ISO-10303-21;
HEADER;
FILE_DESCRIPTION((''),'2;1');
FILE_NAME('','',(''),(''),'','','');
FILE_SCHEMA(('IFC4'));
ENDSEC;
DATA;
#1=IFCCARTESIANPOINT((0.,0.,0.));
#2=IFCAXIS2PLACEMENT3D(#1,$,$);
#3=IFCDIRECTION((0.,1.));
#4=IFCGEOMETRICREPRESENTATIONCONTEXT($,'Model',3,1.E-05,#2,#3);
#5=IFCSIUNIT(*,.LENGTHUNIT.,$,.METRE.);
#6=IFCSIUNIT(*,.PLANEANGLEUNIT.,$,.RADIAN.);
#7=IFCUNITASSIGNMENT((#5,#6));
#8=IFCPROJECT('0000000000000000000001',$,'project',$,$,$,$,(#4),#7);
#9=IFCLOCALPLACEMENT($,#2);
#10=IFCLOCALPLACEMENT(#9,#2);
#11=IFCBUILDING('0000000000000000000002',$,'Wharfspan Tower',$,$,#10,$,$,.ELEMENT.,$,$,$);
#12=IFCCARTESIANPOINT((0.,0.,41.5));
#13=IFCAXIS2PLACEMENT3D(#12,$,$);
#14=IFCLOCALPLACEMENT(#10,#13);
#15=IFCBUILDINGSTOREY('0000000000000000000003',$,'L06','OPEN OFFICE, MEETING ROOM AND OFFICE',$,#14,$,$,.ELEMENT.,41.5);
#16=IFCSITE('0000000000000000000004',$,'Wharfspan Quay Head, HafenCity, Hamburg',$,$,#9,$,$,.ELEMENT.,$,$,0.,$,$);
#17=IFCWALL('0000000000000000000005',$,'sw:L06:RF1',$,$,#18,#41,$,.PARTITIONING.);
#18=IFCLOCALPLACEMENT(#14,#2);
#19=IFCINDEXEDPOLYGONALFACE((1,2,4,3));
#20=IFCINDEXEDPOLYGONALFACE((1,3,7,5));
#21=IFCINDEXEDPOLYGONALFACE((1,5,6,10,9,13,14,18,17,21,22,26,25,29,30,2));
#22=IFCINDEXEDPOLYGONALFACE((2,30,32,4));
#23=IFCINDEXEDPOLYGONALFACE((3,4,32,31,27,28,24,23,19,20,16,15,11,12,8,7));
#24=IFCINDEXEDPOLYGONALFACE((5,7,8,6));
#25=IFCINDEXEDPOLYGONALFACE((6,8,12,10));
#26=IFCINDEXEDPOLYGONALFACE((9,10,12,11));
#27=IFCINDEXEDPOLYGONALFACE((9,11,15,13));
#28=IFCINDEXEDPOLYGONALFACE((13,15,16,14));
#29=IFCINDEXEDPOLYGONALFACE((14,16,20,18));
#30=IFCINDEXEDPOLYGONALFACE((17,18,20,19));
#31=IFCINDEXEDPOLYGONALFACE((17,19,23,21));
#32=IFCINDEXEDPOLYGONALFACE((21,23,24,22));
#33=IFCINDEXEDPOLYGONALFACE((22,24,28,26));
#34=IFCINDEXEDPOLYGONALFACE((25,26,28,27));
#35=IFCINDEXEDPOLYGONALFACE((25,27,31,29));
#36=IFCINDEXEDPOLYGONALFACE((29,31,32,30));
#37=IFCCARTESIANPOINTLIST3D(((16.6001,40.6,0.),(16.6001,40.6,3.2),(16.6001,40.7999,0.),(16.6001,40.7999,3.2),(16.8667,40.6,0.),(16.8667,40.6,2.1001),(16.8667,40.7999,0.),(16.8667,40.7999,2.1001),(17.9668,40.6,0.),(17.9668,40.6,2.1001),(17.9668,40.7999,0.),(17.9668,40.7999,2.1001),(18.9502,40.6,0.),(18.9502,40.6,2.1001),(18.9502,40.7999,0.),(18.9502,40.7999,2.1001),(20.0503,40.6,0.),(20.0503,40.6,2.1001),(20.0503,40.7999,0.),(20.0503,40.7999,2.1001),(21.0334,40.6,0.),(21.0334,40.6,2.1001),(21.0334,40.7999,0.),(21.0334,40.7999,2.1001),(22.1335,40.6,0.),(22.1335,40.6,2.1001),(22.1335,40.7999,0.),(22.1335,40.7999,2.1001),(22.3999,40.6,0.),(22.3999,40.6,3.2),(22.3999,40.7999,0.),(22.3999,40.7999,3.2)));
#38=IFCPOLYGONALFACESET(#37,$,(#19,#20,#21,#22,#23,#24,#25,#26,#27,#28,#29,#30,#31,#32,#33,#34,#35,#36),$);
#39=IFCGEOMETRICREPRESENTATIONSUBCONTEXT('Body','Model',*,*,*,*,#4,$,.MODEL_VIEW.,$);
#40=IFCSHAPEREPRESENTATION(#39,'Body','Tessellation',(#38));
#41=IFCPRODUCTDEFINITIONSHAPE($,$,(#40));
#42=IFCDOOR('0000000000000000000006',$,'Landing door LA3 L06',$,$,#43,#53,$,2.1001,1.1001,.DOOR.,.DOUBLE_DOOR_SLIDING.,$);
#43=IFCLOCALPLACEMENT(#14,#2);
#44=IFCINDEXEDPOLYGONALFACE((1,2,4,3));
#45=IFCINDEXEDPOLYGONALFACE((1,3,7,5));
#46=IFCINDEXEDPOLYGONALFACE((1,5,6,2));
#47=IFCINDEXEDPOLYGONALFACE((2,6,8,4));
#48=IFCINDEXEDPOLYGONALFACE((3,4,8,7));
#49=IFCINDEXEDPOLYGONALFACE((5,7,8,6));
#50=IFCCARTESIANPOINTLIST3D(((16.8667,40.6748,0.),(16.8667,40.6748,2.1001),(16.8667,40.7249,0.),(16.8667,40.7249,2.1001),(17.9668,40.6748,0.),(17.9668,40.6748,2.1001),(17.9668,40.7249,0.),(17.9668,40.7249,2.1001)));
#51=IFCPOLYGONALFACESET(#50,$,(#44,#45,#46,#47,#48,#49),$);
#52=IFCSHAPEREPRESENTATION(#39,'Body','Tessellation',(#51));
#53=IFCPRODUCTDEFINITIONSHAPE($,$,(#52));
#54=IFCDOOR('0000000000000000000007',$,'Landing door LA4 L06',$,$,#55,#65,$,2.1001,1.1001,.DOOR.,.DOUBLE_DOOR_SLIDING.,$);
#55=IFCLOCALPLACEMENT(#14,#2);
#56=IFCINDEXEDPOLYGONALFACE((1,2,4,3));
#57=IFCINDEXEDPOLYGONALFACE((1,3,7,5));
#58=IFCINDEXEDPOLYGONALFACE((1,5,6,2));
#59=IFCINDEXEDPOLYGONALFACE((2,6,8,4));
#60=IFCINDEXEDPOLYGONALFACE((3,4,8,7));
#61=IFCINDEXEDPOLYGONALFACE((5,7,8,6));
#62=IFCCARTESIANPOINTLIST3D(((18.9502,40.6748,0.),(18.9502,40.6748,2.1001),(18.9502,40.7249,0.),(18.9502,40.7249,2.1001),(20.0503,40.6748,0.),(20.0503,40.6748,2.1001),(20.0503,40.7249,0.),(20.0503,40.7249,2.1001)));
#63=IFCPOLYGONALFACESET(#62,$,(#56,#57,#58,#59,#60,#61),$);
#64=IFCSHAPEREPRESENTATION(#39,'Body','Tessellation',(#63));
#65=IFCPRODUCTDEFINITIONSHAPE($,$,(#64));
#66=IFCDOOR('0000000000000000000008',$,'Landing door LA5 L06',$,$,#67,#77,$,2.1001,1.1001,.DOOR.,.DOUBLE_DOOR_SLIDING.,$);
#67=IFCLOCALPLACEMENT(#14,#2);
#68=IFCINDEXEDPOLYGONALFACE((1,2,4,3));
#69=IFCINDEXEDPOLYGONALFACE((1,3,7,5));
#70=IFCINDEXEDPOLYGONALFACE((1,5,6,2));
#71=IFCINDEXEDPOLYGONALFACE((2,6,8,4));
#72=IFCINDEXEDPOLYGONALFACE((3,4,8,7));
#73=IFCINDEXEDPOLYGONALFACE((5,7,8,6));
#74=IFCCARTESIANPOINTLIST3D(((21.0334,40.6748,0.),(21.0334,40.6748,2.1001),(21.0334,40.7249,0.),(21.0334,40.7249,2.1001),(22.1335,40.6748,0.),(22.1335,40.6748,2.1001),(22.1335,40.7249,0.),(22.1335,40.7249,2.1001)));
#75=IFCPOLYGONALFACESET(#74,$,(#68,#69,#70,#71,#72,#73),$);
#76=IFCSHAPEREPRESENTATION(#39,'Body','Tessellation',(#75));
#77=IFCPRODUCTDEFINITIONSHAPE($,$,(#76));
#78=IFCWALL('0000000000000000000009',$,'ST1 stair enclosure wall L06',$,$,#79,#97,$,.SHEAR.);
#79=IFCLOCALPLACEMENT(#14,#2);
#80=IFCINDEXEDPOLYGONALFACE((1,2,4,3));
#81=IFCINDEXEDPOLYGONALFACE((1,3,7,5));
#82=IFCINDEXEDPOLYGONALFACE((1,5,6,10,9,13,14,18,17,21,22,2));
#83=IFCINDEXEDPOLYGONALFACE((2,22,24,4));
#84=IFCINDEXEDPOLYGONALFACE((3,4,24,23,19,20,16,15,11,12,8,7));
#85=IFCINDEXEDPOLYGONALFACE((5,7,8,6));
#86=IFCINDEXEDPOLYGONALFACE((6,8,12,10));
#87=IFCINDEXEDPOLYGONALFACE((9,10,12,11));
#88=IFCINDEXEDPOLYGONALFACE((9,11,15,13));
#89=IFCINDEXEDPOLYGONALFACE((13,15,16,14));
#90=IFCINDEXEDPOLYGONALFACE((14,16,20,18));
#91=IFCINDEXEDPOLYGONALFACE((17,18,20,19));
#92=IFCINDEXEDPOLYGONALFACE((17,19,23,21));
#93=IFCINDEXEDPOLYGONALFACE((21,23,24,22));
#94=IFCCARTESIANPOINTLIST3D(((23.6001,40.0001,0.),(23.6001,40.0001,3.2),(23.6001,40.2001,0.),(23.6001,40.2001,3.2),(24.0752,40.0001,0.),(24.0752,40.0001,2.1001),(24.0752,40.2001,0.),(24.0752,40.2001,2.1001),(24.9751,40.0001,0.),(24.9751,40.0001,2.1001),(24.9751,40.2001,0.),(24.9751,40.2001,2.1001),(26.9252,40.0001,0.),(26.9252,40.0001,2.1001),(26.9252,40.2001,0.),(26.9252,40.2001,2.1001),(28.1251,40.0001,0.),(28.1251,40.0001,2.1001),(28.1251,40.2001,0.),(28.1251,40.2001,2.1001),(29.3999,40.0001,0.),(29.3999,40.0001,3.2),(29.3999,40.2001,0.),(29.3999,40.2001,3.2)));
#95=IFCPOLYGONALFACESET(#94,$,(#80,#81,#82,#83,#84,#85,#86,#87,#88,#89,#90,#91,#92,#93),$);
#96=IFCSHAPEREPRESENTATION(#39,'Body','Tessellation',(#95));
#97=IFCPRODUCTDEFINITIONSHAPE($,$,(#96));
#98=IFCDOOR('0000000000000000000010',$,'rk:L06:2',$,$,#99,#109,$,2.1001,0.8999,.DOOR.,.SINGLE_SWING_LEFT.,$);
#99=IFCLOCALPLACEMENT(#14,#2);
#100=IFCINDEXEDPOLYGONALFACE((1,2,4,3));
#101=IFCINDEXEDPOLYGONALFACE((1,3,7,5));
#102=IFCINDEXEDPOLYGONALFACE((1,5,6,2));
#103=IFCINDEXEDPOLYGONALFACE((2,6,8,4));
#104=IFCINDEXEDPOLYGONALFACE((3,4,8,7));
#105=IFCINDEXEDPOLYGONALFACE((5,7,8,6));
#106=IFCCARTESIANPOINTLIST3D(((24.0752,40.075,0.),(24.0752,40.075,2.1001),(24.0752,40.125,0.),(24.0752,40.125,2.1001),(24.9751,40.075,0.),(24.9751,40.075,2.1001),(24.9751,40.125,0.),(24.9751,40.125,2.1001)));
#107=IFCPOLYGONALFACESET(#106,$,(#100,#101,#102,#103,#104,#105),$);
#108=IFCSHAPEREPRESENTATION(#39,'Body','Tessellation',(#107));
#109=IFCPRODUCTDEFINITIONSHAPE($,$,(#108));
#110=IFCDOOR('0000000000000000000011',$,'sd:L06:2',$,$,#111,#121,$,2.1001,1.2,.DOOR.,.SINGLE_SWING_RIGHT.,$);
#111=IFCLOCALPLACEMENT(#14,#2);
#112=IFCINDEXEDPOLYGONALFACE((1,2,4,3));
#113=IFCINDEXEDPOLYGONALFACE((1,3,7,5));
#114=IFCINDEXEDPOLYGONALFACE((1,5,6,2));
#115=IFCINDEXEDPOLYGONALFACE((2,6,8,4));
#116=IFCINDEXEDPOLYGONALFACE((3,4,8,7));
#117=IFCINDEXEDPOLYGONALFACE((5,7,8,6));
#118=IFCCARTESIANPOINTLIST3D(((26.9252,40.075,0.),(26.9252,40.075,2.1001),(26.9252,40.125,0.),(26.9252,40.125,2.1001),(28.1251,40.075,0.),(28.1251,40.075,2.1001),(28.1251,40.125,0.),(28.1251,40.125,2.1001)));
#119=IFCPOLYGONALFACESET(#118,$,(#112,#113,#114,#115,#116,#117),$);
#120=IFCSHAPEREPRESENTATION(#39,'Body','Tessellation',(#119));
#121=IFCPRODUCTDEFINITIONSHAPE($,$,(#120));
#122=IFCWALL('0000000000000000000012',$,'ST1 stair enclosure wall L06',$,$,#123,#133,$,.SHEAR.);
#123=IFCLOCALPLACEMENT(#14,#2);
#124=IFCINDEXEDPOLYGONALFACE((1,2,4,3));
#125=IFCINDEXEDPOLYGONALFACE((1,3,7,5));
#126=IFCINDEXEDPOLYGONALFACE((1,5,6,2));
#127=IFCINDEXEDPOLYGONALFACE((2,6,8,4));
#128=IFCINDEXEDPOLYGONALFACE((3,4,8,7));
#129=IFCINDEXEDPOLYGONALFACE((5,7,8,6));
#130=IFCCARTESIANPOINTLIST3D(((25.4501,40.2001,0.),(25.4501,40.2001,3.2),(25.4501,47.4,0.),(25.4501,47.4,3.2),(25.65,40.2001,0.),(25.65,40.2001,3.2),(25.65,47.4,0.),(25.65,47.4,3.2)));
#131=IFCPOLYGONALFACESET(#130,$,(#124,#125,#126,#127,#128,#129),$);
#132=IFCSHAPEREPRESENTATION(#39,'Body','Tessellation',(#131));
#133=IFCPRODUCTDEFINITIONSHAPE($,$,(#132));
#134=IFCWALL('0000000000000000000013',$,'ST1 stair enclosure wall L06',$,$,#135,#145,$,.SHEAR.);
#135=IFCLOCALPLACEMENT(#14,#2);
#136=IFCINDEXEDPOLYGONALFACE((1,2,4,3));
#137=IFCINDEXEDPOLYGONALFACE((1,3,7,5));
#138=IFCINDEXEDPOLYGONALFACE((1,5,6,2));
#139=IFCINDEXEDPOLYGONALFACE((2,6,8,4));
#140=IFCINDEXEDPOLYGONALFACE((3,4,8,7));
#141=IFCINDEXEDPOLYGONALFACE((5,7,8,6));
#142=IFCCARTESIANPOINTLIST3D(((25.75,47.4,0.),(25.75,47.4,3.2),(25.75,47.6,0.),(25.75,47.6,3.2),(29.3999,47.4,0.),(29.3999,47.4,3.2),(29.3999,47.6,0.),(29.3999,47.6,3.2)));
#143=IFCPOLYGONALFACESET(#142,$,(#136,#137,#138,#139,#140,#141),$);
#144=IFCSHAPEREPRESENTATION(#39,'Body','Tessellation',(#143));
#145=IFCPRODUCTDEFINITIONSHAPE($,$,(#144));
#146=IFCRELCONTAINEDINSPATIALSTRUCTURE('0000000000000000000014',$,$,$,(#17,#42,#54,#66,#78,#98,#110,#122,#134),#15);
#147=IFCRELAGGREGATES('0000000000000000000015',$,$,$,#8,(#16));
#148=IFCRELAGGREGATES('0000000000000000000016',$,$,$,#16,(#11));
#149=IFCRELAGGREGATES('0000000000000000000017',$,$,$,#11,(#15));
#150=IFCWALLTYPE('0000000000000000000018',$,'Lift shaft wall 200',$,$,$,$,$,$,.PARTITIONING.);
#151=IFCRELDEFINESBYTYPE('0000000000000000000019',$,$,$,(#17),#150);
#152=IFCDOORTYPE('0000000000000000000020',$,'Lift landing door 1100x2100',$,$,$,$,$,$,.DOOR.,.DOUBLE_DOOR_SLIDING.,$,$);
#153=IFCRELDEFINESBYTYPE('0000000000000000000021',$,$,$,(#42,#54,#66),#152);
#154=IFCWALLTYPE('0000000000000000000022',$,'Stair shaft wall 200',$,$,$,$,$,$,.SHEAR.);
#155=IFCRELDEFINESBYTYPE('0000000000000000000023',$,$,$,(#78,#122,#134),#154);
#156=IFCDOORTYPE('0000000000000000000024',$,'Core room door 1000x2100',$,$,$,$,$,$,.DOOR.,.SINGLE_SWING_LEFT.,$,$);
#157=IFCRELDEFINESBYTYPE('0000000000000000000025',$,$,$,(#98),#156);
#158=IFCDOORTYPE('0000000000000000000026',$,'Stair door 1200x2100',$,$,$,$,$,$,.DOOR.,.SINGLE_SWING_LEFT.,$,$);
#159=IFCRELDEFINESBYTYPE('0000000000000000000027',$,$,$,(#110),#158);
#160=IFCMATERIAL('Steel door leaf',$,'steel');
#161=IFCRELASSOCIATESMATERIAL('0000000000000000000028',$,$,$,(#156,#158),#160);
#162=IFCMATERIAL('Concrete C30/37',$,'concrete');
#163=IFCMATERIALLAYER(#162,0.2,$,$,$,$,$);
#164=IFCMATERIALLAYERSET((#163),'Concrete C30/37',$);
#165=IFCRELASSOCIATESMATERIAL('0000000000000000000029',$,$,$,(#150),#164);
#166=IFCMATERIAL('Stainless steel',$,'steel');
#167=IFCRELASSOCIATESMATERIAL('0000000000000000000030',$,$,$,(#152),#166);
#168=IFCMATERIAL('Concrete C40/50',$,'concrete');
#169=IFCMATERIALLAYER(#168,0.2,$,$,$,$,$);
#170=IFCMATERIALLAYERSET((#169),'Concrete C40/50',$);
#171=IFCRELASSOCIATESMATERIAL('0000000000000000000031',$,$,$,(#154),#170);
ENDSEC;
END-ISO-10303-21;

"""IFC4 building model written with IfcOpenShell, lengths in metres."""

from ifc_helpers import new_model, si_unit, direction, frame, frame_2d, origin, place, context, subcontext, project, spatial, rectangle, extrude, material, layer, layer_set, type_object, element, fill, save


model = new_model("IFC4")

# Units and contexts
model_context = context("Model", 3, precision=1e-05, world=origin(), true_north=direction((0.0, 1.0)))
body_context = subcontext(model_context, "Body", "Model", "MODEL_VIEW")
ifc_project = project(units=[si_unit("LENGTHUNIT", "METRE"), si_unit("PLANEANGLEUNIT", "RADIAN")], contexts=[model_context])

# Site, building, storey
site_placement = place(None, origin())
site = spatial("IfcSite", under=ifc_project, at=site_placement, Name="Wharfspan Quay Head, HafenCity, Hamburg", CompositionType="ELEMENT", RefElevation=0.0)
building_placement = place(site_placement, origin())
building = spatial("IfcBuilding", under=site, at=building_placement, Name="Wharfspan Tower", CompositionType="ELEMENT")
storey_placement = place(building_placement, frame((0.0, 0.0, 41.5)))
storey = spatial("IfcBuildingStorey", under=building, at=storey_placement, Name="L06", Description="OPEN OFFICE, MEETING ROOM AND OFFICE", CompositionType="ELEMENT", Elevation=41.5)

# Shared definitions
ifc_material_1 = material(Name="Steel door leaf", Category="steel")
door_type_1 = type_object("IfcDoorType", Name="Core room door 1000x2100", OperationType="SINGLE_SWING_LEFT", PredefinedType="DOOR", material=ifc_material_1)

# Walls, openings, doors
ifc_material_2 = material(Name="Concrete C30/37", Category="concrete")
ifc_layer_1 = layer(ifc_material_2, 0.2)
ifc_layer_set_1 = layer_set([ifc_layer_1], Name="Concrete C30/37")
wall_type_1 = type_object("IfcWallType", Name="Lift shaft wall 200", PredefinedType="PARTITIONING", material=ifc_layer_set_1)
wall_1_placement = place(storey_placement, frame((16.6001, 40.7, 0.0), z_axis=(0.0, 0.0, 1.0), x_axis=(1.0, 0.0, 0.0)))
wall_1 = element("IfcWall", 1, at=wall_1_placement, inside=storey, type_object=wall_type_1, Name="sw:L06:RF1", PredefinedType="PARTITIONING", context=body_context, shape_type="SweptSolid", body=[
    extrude(rectangle(XDim=5.7998, YDim=0.2, at=frame_2d((2.8999, 0.0))), origin(), (0.0, 0.0, 1.0), 3.2),
])
opening_1_placement = place(wall_1_placement, frame((0.2666, 0.0, 0.0)))
opening_1 = element("IfcOpeningElement", 2, at=opening_1_placement, cuts=wall_1, PredefinedType="OPENING", context=body_context, shape_type="SweptSolid", body=[
    extrude(rectangle(XDim=1.1001, YDim=2.1001, at=frame_2d((0.55, 1.05))), frame((0.0, 0.1099, 0.0), z_axis=(0.0, -1.0, 0.0), x_axis=(1.0, 0.0, 0.0)), (0.0, 0.0, 1.0), 0.22),
])
opening_2_placement = place(wall_1_placement, frame((2.3501, 0.0, 0.0)))
opening_2 = element("IfcOpeningElement", 3, at=opening_2_placement, cuts=wall_1, PredefinedType="OPENING", context=body_context, shape_type="SweptSolid", body=[
    extrude(rectangle(XDim=1.1001, YDim=2.1001, at=frame_2d((0.55, 1.05))), frame((0.0, 0.1099, 0.0), z_axis=(0.0, -1.0, 0.0), x_axis=(1.0, 0.0, 0.0)), (0.0, 0.0, 1.0), 0.22),
])
opening_3_placement = place(wall_1_placement, frame((4.4333, 0.0, 0.0)))
opening_3 = element("IfcOpeningElement", 4, at=opening_3_placement, cuts=wall_1, PredefinedType="OPENING", context=body_context, shape_type="SweptSolid", body=[
    extrude(rectangle(XDim=1.1001, YDim=2.1001, at=frame_2d((0.55, 1.05))), frame((0.0, 0.1099, 0.0), z_axis=(0.0, -1.0, 0.0), x_axis=(1.0, 0.0, 0.0)), (0.0, 0.0, 1.0), 0.22),
])
ifc_material_3 = material(Name="Stainless steel", Category="steel")
door_type_2 = type_object("IfcDoorType", Name="Lift landing door 1100x2100", OperationType="DOUBLE_DOOR_SLIDING", PredefinedType="DOOR", material=ifc_material_3)
door_1_placement = place(opening_1_placement, origin())
door_1 = element("IfcDoor", 5, at=door_1_placement, inside=storey, type_object=door_type_2, Name="Landing door LA3 L06", OperationType="DOUBLE_DOOR_SLIDING", OverallHeight=2.1001, OverallWidth=1.1001, PredefinedType="DOOR", context=body_context, shape_type="SweptSolid", body=[
    extrude(rectangle(XDim=1.1001, YDim=2.1001, at=frame_2d((0.55, 1.05))), frame((0.0, 0.0249, 0.0), z_axis=(0.0, -1.0, 0.0), x_axis=(1.0, 0.0, 0.0)), (0.0, 0.0, 1.0), 0.05),
])
fill(opening_1, door_1)
door_2_placement = place(opening_2_placement, origin())
door_2 = element("IfcDoor", 6, at=door_2_placement, inside=storey, type_object=door_type_2, Name="Landing door LA4 L06", OperationType="DOUBLE_DOOR_SLIDING", OverallHeight=2.1001, OverallWidth=1.1001, PredefinedType="DOOR", context=body_context, shape_type="SweptSolid", body=[
    extrude(rectangle(XDim=1.1001, YDim=2.1001, at=frame_2d((0.55, 1.05))), frame((0.0, 0.0249, 0.0), z_axis=(0.0, -1.0, 0.0), x_axis=(1.0, 0.0, 0.0)), (0.0, 0.0, 1.0), 0.05),
])
fill(opening_2, door_2)
door_3_placement = place(opening_3_placement, origin())
door_3 = element("IfcDoor", 7, at=door_3_placement, inside=storey, type_object=door_type_2, Name="Landing door LA5 L06", OperationType="DOUBLE_DOOR_SLIDING", OverallHeight=2.1001, OverallWidth=1.1001, PredefinedType="DOOR", context=body_context, shape_type="SweptSolid", body=[
    extrude(rectangle(XDim=1.1001, YDim=2.1001, at=frame_2d((0.55, 1.05))), frame((0.0, 0.0249, 0.0), z_axis=(0.0, -1.0, 0.0), x_axis=(1.0, 0.0, 0.0)), (0.0, 0.0, 1.0), 0.05),
])
fill(opening_3, door_3)
ifc_material_4 = material(Name="Concrete C40/50", Category="concrete")
ifc_layer_2 = layer(ifc_material_4, 0.2)
ifc_layer_set_2 = layer_set([ifc_layer_2], Name="Concrete C40/50")
wall_type_2 = type_object("IfcWallType", Name="Stair shaft wall 200", PredefinedType="SHEAR", material=ifc_layer_set_2)
wall_2_placement = place(storey_placement, frame((23.6001, 40.1001, 0.0), z_axis=(0.0, 0.0, 1.0), x_axis=(1.0, 0.0, 0.0)))
wall_2 = element("IfcWall", 8, at=wall_2_placement, inside=storey, type_object=wall_type_2, Name="ST1 stair enclosure wall L06", PredefinedType="SHEAR", context=body_context, shape_type="SweptSolid", body=[
    extrude(rectangle(XDim=5.7998, YDim=0.2, at=frame_2d((2.8999, 0.0))), origin(), (0.0, 0.0, 1.0), 3.2),
])
opening_4_placement = place(wall_2_placement, frame((3.325, 0.0, 0.0)))
opening_4 = element("IfcOpeningElement", 9, at=opening_4_placement, cuts=wall_2, PredefinedType="OPENING", context=body_context, shape_type="SweptSolid", body=[
    extrude(rectangle(XDim=1.2, YDim=2.1001, at=frame_2d((0.6001, 1.05))), frame((0.0, 0.1099, 0.0), z_axis=(0.0, -1.0, 0.0), x_axis=(1.0, 0.0, 0.0)), (0.0, 0.0, 1.0), 0.22),
])
opening_5_placement = place(wall_2_placement, frame((0.4751, 0.0, 0.0)))
opening_5 = element("IfcOpeningElement", 10, at=opening_5_placement, cuts=wall_2, PredefinedType="OPENING", context=body_context, shape_type="SweptSolid", body=[
    extrude(rectangle(XDim=0.8999, YDim=2.1001, at=frame_2d((0.45, 1.05))), frame((0.0, 0.1099, 0.0), z_axis=(0.0, -1.0, 0.0), x_axis=(1.0, 0.0, 0.0)), (0.0, 0.0, 1.0), 0.22),
])
door_4_placement = place(opening_5_placement, origin())
door_4 = element("IfcDoor", 11, at=door_4_placement, inside=storey, type_object=door_type_1, Name="rk:L06:2", OperationType="SINGLE_SWING_LEFT", OverallHeight=2.1001, OverallWidth=0.8999, PredefinedType="DOOR", context=body_context, shape_type="SweptSolid", body=[
    extrude(rectangle(XDim=0.8999, YDim=2.1001, at=frame_2d((0.45, 1.05))), frame((0.0, 0.0249, 0.0), z_axis=(0.0, -1.0, 0.0), x_axis=(1.0, 0.0, 0.0)), (0.0, 0.0, 1.0), 0.05),
])
fill(opening_5, door_4)
door_type_3 = type_object("IfcDoorType", Name="Stair door 1200x2100", OperationType="SINGLE_SWING_LEFT", PredefinedType="DOOR", material=ifc_material_1)
door_5_placement = place(opening_4_placement, origin())
door_5 = element("IfcDoor", 12, at=door_5_placement, inside=storey, type_object=door_type_3, Name="sd:L06:2", OperationType="SINGLE_SWING_RIGHT", OverallHeight=2.1001, OverallWidth=1.2, PredefinedType="DOOR", context=body_context, shape_type="SweptSolid", body=[
    extrude(rectangle(XDim=1.2, YDim=2.1001, at=frame_2d((0.6001, 1.05))), frame((0.0, 0.0249, 0.0), z_axis=(0.0, -1.0, 0.0), x_axis=(1.0, 0.0, 0.0)), (0.0, 0.0, 1.0), 0.05),
])
fill(opening_4, door_5)

# Walls
wall_3_placement = place(storey_placement, frame((25.55, 40.2, 0.0), z_axis=(0.0, 0.0, 1.0), x_axis=(0.0, 1.0, 0.0)))
element("IfcWall", 13, at=wall_3_placement, inside=storey, type_object=wall_type_2, Name="ST1 stair enclosure wall L06", PredefinedType="SHEAR", context=body_context, shape_type="SweptSolid", body=[
    extrude(rectangle(XDim=7.2, YDim=0.2, at=frame_2d((3.6001, 0.0))), origin(), (0.0, 0.0, 1.0), 3.2),
])
wall_4_placement = place(storey_placement, frame((25.75, 47.5, 0.0), z_axis=(0.0, 0.0, 1.0), x_axis=(1.0, 0.0, 0.0)))
element("IfcWall", 14, at=wall_4_placement, inside=storey, type_object=wall_type_2, Name="ST1 stair enclosure wall L06", PredefinedType="SHEAR", context=body_context, shape_type="SweptSolid", body=[
    extrude(rectangle(XDim=3.6499, YDim=0.2, at=frame_2d((1.825, 0.0))), origin(), (0.0, 0.0, 1.0), 3.2),
])

save(model, "model.ifc")
